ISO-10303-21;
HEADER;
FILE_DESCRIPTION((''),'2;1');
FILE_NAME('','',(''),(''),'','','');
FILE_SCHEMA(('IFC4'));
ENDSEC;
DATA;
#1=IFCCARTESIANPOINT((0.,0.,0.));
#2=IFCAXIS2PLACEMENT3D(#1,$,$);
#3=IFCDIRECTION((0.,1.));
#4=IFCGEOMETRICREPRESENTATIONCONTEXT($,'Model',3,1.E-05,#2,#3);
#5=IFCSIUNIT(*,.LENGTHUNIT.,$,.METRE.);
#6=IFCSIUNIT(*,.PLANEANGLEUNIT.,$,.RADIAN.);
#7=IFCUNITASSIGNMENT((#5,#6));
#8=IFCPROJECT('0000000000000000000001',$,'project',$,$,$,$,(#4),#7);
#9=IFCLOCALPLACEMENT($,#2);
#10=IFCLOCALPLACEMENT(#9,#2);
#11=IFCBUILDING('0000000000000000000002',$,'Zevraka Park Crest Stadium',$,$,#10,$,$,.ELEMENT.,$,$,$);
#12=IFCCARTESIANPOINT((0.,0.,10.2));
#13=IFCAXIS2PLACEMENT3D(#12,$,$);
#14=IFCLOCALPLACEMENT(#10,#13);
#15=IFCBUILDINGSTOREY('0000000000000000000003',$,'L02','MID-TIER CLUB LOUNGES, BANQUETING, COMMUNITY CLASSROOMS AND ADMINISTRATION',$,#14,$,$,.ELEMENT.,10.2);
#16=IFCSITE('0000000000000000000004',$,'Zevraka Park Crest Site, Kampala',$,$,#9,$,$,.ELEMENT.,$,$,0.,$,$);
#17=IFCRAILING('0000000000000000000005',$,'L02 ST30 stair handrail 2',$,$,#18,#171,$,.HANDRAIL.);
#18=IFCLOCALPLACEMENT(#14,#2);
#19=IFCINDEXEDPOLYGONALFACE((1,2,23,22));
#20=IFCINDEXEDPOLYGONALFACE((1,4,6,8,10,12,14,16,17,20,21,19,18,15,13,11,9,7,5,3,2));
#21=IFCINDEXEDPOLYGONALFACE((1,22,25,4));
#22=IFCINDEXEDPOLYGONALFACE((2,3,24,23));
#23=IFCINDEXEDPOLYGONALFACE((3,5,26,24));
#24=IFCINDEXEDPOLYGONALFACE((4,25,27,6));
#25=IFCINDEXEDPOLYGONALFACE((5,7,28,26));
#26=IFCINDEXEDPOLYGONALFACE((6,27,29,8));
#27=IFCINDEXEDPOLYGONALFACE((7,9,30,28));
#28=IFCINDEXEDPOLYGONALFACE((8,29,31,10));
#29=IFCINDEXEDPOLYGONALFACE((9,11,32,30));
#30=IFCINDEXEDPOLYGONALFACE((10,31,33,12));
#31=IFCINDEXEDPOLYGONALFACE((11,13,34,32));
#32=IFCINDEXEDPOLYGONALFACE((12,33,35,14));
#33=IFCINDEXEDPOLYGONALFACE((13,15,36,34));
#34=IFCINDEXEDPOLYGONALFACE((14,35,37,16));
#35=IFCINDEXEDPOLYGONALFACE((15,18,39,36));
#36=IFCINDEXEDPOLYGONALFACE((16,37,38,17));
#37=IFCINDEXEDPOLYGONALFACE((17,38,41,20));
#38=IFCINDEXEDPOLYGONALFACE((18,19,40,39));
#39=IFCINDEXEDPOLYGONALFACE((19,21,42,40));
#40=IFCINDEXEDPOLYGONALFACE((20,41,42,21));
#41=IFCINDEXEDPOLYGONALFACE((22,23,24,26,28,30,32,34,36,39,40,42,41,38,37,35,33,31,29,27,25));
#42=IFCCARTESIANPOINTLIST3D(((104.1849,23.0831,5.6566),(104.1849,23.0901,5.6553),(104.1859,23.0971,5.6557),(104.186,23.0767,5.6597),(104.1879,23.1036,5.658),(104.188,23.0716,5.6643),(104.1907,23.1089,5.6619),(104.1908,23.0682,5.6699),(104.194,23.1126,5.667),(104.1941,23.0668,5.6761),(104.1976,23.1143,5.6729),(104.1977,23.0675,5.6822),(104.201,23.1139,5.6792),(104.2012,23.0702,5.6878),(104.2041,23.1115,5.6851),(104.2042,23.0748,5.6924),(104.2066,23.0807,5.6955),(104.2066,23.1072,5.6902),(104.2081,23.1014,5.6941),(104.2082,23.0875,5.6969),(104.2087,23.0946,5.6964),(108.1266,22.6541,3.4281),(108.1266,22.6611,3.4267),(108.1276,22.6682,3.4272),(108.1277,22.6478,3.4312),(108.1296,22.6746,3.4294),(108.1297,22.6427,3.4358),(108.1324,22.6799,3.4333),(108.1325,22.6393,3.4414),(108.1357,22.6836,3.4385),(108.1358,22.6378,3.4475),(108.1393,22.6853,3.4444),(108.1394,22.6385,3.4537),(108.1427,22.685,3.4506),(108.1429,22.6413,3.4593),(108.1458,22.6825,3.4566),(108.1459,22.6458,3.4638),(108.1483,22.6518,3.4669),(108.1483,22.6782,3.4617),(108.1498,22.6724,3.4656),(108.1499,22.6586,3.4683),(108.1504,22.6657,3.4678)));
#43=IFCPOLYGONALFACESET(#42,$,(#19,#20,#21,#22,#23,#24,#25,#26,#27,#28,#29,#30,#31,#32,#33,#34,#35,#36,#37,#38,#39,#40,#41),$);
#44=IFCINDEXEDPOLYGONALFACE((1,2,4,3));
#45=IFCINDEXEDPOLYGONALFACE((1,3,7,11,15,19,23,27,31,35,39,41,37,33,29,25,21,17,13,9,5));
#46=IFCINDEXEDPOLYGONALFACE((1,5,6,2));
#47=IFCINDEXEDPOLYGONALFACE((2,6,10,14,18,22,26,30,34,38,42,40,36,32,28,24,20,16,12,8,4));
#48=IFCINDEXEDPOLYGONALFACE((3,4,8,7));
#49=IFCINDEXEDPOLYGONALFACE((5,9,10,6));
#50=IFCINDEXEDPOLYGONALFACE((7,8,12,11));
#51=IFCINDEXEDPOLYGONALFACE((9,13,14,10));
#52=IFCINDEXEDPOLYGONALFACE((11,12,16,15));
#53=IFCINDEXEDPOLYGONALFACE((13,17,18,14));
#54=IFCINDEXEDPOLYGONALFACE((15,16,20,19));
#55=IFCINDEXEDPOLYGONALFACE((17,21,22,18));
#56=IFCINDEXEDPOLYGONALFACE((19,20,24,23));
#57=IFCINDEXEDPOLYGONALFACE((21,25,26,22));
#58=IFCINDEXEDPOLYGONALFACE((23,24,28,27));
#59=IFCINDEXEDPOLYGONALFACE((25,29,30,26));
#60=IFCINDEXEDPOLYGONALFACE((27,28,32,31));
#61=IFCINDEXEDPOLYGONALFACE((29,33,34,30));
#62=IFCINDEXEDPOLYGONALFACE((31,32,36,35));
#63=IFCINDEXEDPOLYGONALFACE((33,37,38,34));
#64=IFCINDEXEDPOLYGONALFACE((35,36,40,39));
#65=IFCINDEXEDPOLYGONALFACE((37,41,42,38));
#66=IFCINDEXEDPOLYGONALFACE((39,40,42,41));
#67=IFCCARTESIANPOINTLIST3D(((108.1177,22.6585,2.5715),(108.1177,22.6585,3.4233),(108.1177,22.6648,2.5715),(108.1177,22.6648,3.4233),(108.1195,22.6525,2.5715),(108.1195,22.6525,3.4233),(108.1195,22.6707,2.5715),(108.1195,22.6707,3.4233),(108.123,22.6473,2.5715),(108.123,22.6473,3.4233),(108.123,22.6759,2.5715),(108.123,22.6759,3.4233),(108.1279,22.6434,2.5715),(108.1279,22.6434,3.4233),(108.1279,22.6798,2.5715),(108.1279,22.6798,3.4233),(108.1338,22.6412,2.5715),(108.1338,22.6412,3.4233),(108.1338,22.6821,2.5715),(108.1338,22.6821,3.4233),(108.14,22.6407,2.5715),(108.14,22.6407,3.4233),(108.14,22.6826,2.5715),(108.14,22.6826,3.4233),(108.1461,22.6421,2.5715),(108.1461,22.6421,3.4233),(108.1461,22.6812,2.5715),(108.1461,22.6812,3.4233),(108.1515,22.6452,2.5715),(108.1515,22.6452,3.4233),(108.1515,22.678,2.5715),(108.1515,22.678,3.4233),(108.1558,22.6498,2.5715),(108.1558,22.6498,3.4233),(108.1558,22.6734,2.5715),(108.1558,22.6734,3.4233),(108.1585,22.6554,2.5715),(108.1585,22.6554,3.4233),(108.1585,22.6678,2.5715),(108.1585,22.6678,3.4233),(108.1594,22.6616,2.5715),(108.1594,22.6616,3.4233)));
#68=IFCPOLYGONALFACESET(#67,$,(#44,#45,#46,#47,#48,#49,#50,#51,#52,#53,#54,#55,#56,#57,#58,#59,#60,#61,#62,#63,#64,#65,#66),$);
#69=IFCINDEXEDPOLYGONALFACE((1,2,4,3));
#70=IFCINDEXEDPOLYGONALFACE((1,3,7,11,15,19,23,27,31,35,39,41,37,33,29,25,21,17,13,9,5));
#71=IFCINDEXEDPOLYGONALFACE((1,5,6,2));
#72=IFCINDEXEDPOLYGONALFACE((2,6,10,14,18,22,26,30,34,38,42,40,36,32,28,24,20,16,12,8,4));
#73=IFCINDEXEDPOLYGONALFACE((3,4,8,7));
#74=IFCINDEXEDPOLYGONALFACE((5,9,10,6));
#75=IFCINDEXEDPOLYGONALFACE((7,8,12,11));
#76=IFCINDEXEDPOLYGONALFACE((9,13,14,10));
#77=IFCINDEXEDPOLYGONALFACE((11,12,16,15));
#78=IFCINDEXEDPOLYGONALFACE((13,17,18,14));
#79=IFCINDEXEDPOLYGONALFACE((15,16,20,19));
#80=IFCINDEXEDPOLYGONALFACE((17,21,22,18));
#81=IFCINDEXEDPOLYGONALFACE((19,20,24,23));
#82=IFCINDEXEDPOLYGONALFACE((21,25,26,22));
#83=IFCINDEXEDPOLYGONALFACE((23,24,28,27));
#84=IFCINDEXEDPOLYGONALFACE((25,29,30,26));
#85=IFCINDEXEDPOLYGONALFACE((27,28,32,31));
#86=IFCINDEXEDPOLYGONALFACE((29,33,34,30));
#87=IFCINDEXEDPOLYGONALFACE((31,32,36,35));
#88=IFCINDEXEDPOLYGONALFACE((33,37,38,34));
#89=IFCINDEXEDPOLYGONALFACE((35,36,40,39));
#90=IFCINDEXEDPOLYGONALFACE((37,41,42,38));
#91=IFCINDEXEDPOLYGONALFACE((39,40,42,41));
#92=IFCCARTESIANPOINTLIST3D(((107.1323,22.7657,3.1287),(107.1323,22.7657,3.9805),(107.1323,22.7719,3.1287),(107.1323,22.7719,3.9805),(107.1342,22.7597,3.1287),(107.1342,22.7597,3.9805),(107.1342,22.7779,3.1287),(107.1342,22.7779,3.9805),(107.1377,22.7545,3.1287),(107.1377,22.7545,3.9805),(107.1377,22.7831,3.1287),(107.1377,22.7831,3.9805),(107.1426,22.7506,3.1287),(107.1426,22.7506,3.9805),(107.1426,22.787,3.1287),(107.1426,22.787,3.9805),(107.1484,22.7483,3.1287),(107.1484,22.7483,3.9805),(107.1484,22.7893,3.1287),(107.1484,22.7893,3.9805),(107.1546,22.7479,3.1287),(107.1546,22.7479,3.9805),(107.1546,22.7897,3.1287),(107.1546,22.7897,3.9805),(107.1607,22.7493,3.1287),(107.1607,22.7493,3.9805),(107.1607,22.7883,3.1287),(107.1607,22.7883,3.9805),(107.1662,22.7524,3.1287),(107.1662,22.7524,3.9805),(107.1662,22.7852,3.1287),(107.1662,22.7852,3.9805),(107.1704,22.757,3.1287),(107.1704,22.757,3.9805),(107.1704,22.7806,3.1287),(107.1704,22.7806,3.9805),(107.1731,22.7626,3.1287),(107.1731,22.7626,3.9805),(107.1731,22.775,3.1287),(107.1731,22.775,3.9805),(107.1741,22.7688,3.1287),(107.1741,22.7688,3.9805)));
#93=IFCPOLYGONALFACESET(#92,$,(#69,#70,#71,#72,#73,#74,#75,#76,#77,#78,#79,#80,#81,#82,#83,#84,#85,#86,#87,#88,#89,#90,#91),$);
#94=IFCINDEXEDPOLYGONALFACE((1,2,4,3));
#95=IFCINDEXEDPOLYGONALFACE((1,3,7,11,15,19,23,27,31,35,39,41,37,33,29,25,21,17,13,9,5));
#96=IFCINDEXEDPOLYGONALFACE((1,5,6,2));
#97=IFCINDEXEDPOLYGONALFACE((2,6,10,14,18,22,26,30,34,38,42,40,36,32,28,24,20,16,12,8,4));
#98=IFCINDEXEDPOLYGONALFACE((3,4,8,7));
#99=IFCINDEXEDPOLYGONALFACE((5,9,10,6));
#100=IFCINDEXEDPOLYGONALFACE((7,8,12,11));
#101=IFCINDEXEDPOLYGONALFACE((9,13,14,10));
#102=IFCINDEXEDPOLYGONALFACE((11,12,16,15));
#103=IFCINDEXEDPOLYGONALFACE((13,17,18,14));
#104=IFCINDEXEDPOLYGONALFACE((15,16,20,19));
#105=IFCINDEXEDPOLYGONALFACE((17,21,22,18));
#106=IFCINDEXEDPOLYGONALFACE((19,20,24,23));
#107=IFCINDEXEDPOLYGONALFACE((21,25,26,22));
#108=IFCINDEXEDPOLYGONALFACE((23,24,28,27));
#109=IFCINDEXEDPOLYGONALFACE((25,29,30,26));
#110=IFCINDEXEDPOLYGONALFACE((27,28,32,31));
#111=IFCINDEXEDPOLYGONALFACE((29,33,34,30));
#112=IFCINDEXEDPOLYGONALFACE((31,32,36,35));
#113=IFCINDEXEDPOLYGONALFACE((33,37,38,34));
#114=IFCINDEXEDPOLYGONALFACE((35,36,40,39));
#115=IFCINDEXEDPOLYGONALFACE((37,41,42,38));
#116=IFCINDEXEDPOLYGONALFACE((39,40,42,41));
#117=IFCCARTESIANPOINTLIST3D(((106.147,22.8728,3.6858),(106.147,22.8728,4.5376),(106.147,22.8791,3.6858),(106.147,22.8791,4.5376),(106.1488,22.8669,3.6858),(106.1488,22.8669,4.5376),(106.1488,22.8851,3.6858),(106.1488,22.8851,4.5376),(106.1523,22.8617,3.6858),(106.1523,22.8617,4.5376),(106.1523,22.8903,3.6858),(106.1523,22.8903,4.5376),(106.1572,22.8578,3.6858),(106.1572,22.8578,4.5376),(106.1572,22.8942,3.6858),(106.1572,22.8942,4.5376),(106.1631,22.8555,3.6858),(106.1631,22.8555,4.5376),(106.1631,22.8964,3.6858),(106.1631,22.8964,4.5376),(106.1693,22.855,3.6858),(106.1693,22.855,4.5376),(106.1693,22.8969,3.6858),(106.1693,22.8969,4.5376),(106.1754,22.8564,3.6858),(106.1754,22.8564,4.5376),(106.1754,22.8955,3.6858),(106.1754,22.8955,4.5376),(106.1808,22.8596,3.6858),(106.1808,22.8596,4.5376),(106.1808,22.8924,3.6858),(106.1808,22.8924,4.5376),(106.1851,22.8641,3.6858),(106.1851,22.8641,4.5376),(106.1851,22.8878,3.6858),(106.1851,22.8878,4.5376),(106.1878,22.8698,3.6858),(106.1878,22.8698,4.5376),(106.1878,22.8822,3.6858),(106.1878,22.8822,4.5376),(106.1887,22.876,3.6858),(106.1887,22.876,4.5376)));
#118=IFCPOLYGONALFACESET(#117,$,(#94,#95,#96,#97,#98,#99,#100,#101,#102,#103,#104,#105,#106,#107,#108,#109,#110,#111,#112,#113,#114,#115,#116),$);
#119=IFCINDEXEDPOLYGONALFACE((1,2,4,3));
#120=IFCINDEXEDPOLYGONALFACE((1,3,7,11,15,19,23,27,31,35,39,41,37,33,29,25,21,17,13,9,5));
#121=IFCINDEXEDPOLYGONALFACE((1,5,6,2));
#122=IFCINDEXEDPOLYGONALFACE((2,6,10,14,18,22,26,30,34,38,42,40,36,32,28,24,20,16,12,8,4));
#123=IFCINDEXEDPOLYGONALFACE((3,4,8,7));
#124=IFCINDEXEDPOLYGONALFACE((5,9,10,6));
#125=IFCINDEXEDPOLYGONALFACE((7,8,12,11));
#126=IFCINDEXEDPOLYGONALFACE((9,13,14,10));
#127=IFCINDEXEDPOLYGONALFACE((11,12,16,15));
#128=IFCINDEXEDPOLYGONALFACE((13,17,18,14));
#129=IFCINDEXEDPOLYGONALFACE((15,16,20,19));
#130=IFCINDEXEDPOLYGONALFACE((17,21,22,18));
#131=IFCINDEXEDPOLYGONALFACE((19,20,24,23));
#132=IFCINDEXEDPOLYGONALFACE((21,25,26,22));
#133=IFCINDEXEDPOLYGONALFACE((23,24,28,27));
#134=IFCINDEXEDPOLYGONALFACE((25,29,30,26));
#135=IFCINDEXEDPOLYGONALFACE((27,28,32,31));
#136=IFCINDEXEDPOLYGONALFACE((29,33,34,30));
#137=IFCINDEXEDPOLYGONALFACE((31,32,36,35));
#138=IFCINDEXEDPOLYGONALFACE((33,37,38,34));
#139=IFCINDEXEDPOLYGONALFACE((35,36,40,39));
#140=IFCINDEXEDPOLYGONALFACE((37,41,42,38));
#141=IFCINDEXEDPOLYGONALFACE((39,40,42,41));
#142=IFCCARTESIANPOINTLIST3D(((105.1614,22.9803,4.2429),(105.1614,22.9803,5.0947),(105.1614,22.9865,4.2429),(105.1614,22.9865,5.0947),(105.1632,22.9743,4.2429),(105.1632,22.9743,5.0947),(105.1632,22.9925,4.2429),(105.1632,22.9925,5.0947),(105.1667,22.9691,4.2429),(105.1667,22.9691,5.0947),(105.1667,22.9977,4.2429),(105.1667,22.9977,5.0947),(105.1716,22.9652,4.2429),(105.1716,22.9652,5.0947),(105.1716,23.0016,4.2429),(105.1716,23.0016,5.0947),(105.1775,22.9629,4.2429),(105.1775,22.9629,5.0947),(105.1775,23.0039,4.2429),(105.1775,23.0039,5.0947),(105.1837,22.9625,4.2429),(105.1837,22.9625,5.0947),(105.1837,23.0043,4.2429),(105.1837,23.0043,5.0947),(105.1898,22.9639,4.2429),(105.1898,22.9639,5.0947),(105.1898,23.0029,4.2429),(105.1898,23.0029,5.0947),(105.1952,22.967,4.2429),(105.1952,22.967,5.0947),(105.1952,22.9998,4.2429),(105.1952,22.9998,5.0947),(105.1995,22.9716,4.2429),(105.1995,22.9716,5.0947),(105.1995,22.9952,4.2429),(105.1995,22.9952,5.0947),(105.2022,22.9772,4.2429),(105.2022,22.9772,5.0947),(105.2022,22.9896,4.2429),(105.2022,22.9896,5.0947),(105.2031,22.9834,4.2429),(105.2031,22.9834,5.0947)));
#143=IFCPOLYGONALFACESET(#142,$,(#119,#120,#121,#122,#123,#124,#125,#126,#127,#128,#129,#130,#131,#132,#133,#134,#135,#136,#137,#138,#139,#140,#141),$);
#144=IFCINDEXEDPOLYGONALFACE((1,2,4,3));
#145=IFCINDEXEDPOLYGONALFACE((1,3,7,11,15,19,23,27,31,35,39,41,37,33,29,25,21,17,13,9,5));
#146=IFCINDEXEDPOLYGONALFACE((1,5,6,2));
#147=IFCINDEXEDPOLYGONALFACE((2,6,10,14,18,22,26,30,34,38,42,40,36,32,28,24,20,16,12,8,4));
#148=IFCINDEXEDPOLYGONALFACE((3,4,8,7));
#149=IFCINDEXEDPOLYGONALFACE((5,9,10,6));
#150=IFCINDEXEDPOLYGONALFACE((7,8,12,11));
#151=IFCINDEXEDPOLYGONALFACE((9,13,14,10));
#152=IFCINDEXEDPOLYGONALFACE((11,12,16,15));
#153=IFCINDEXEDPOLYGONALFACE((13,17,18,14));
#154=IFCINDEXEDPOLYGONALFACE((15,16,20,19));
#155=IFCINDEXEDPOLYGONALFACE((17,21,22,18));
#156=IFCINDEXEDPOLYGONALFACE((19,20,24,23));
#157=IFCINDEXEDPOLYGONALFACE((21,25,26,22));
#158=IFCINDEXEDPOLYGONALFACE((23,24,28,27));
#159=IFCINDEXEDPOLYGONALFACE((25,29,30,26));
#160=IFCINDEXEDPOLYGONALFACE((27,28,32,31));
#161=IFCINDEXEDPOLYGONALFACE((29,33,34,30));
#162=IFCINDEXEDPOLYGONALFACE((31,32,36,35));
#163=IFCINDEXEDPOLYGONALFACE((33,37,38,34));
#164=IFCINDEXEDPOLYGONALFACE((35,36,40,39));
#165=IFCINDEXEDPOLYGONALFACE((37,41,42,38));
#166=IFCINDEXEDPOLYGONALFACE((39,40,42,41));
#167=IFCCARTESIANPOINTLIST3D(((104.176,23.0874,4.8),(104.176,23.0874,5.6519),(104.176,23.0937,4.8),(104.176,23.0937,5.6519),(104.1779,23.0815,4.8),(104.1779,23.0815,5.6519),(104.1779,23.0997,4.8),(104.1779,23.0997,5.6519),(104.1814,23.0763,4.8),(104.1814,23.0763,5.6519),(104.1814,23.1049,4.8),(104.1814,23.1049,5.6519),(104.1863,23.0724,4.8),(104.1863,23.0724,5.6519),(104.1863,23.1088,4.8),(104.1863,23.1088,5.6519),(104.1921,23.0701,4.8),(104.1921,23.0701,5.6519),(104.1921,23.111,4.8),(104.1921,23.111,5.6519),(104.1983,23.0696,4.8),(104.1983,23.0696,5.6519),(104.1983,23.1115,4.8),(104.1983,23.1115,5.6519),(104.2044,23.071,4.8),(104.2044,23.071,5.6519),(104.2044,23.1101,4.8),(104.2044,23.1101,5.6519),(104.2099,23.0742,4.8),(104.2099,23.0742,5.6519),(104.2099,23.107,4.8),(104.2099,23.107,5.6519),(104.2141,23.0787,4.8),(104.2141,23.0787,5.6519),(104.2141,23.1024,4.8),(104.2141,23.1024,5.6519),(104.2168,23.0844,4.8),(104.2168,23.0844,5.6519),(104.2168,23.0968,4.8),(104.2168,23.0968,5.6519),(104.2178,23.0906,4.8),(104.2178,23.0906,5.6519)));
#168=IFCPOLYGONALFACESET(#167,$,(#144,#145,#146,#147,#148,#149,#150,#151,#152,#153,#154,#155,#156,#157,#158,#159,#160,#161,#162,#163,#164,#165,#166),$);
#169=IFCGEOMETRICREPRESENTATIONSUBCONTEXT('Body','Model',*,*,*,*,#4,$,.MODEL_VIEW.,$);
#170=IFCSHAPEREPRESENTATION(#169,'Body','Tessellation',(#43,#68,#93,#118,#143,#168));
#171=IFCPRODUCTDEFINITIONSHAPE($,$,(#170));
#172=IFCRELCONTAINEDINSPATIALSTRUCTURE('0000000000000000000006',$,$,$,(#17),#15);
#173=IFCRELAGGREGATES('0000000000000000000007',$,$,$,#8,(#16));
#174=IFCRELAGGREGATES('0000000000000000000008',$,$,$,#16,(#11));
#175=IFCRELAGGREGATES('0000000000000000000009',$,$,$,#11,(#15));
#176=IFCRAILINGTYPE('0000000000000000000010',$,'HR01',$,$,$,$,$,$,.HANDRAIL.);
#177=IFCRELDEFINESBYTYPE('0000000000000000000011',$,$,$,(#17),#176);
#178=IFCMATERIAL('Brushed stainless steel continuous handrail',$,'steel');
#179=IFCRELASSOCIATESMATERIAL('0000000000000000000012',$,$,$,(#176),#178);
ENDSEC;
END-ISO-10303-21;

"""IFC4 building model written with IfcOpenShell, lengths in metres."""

from ifc_helpers import new_model, si_unit, direction, frame, origin, origin_2d, place, context, subcontext, project, spatial, circle, extrude, material, type_object, element, save


model = new_model("IFC4")

# Units and contexts
model_context = context("Model", 3, precision=1e-05, world=origin(), true_north=direction((0.0, 1.0)))
body_context = subcontext(model_context, "Body", "Model", "MODEL_VIEW")
ifc_project = project(units=[si_unit("LENGTHUNIT", "METRE"), si_unit("PLANEANGLEUNIT", "RADIAN")], contexts=[model_context])

# Site, building, storey
site_placement = place(None, origin())
site = spatial("IfcSite", under=ifc_project, at=site_placement, Name="Zevraka Park Crest Site, Kampala", CompositionType="ELEMENT", RefElevation=0.0)
building_placement = place(site_placement, origin())
building = spatial("IfcBuilding", under=site, at=building_placement, Name="Zevraka Park Crest Stadium", CompositionType="ELEMENT")
storey_placement = place(building_placement, frame((0.0, 0.0, 10.2)))
storey = spatial("IfcBuildingStorey", under=building, at=storey_placement, Name="L02", Description="MID-TIER CLUB LOUNGES, BANQUETING, COMMUNITY CLASSROOMS AND ADMINISTRATION", CompositionType="ELEMENT", Elevation=10.2)

# Railing
ifc_material_1 = material(Name="Brushed stainless steel continuous handrail", Category="steel")
railing_type_1 = type_object("IfcRailingType", Name="HR01", PredefinedType="HANDRAIL", material=ifc_material_1)
railing_1_placement = place(storey_placement, frame((108.1384, 22.6616, 2.5715)))
element("IfcRailing", 1, at=railing_1_placement, inside=storey, type_object=railing_type_1, Name="L02 ST30 stair handrail 2", PredefinedType="HANDRAIL", context=body_context, shape_type="SweptSolid", body=[
    extrude(circle(Radius=0.0239, at=origin_2d()), frame((0.0, 0.0, 0.876), z_axis=(-0.866624, 0.094311, 0.489968), x_axis=(-0.108188, -0.994131, 0.0)), (0.0, 0.0, 1.0), 4.5483),
    extrude(circle(Radius=0.021, at=origin_2d()), origin(), (0.0, 0.0, 1.0), 0.8518),
    extrude(circle(Radius=0.021, at=origin_2d()), frame((-0.9854, 0.1072, 0.5571)), (0.0, 0.0, 1.0), 0.8518),
    extrude(circle(Radius=0.021, at=origin_2d()), frame((-1.9707, 0.2144, 1.1143)), (0.0, 0.0, 1.0), 0.8518),
    extrude(circle(Radius=0.021, at=origin_2d()), frame((-2.9563, 0.3218, 1.6714)), (0.0, 0.0, 1.0), 0.8518),
    extrude(circle(Radius=0.021, at=origin_2d()), frame((-3.9417, 0.429, 2.2285)), (0.0, 0.0, 1.0), 0.8518),
])

save(model, "model.ifc")
